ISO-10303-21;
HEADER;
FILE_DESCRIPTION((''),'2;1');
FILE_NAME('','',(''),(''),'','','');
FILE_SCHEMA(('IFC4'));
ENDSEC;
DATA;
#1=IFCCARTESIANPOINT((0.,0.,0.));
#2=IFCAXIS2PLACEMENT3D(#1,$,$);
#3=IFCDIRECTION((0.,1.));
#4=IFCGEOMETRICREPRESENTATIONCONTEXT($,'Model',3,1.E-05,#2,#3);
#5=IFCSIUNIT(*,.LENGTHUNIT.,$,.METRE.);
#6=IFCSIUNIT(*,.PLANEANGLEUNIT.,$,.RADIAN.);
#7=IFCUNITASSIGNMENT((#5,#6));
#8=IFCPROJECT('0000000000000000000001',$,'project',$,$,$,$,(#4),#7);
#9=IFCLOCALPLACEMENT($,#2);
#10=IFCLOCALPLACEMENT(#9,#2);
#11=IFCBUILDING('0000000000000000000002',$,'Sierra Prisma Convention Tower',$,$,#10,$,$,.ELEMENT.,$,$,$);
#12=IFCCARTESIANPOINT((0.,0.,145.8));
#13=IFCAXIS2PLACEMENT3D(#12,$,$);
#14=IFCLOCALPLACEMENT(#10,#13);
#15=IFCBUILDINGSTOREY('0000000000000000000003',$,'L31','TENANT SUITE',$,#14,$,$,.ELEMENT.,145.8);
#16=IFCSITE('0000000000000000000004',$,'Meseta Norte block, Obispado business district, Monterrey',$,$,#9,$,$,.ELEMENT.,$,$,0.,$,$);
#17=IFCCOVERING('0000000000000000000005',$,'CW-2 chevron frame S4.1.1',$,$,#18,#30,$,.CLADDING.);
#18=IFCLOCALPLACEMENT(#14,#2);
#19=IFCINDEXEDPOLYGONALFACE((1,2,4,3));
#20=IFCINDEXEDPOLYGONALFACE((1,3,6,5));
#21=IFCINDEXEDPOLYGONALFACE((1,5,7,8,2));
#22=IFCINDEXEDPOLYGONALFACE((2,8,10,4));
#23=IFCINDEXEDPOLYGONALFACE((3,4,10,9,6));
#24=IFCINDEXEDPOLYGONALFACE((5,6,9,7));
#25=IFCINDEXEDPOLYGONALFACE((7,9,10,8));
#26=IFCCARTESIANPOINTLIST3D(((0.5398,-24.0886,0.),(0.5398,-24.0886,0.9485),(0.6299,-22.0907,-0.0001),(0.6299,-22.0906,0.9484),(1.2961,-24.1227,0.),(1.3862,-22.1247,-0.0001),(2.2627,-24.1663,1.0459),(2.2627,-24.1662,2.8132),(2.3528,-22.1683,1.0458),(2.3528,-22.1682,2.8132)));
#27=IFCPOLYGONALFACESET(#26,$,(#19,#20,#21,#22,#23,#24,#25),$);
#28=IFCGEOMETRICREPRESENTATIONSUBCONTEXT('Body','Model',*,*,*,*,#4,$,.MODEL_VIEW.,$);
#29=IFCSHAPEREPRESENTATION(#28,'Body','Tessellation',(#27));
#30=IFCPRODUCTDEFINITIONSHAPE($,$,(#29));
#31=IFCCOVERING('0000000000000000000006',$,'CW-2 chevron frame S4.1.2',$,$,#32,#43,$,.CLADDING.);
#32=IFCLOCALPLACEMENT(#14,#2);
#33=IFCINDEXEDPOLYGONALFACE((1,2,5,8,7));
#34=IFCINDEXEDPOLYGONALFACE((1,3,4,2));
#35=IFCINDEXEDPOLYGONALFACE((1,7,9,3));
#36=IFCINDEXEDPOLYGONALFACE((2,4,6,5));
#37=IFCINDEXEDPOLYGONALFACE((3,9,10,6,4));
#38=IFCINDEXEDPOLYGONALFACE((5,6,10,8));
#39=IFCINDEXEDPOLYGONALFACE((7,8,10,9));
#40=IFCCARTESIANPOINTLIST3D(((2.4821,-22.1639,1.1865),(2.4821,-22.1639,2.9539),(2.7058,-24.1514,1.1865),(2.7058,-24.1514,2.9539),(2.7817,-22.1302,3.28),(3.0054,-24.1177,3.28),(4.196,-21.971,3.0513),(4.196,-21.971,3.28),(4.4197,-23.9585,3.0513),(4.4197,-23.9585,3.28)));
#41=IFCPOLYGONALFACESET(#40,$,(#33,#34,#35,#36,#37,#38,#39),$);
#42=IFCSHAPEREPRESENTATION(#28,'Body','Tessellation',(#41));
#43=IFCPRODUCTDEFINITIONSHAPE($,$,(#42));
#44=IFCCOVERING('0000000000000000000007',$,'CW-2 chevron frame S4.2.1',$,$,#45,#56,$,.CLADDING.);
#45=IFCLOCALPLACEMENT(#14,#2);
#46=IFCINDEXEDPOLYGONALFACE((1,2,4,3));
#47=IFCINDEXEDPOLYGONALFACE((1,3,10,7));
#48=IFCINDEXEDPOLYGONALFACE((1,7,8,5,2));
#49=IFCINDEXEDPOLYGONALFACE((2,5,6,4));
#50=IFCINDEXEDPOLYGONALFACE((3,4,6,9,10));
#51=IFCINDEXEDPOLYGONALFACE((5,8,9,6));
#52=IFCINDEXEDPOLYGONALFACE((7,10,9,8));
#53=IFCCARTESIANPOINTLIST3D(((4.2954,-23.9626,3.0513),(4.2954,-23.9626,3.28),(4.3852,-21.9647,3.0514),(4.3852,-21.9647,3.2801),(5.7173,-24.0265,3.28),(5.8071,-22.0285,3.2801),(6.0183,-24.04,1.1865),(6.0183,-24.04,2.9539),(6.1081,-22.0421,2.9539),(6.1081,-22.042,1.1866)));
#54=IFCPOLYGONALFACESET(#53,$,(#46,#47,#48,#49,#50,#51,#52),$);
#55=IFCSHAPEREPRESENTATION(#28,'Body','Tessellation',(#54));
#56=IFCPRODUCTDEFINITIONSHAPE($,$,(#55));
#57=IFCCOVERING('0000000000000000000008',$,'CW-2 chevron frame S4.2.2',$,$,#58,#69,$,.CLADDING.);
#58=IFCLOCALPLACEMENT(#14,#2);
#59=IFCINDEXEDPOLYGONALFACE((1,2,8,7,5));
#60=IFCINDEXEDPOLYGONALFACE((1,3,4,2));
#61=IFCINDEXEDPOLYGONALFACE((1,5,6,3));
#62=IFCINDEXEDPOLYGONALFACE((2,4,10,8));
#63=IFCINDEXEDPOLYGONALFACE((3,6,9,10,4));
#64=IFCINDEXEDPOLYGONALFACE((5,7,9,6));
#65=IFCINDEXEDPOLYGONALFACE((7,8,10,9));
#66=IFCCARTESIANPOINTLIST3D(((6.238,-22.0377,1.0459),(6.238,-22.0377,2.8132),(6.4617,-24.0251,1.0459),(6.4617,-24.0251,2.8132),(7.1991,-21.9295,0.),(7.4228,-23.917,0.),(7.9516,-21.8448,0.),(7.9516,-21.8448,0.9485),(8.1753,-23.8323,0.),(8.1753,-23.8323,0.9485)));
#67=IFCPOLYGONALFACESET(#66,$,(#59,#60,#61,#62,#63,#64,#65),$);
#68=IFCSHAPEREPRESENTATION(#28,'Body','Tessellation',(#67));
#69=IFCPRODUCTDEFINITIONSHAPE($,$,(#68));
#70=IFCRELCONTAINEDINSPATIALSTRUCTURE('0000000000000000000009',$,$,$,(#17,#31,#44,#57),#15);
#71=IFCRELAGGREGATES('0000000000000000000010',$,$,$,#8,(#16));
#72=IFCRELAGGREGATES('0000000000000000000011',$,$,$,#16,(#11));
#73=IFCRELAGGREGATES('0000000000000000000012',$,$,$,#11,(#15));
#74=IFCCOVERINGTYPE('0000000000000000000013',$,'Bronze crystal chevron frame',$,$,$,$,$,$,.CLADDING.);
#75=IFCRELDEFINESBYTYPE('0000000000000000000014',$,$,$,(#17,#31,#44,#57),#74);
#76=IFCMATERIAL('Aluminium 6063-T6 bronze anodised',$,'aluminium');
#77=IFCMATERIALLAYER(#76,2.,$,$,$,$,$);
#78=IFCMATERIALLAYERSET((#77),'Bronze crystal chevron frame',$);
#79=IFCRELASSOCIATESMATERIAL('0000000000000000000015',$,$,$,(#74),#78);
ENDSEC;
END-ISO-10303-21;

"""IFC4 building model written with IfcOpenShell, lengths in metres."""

from ifc_helpers import new_model, si_unit, direction, frame, origin, place, context, subcontext, project, spatial, polyline, outline, extrude, material, layer, layer_set, type_object, element, save


model = new_model("IFC4")

# Units and contexts
model_context = context("Model", 3, precision=1e-05, world=origin(), true_north=direction((0.0, 1.0)))
body_context = subcontext(model_context, "Body", "Model", "MODEL_VIEW")
ifc_project = project(units=[si_unit("LENGTHUNIT", "METRE"), si_unit("PLANEANGLEUNIT", "RADIAN")], contexts=[model_context])

# Site, building, storey
site_placement = place(None, origin())
site = spatial("IfcSite", under=ifc_project, at=site_placement, Name="Meseta Norte block, Obispado business district, Monterrey", CompositionType="ELEMENT", RefElevation=0.0)
building_placement = place(site_placement, origin())
building = spatial("IfcBuilding", under=site, at=building_placement, Name="Sierra Prisma Convention Tower", CompositionType="ELEMENT")
storey_placement = place(building_placement, frame((0.0, 0.0, 145.8)))
storey = spatial("IfcBuildingStorey", under=building, at=storey_placement, Name="L31", Description="TENANT SUITE", CompositionType="ELEMENT", Elevation=145.8)

# Coverings
ifc_material_1 = material(Name="Aluminium 6063-T6 bronze anodised", Category="aluminium")
ifc_layer_1 = layer(ifc_material_1, 2.0)
ifc_layer_set_1 = layer_set([ifc_layer_1], Name="Bronze crystal chevron frame")
covering_type = type_object("IfcCoveringType", Name="Bronze crystal chevron frame", PredefinedType="CLADDING", material=ifc_layer_set_1)
covering_1_placement = place(storey_placement, frame((0.5398, -24.0886, 0.0), z_axis=(-0.045035, -0.998985, 0.000031), x_axis=(0.998985, -0.045035, 0.0)))
element("IfcCovering", 1, at=covering_1_placement, inside=storey, type_object=covering_type, Name="CW-2 chevron frame S4.1.1", PredefinedType="CLADDING", context=body_context, shape_type="SweptSolid", body=[
    extrude(outline(polyline([(0.0, 0.0), (0.7571, 0.0), (1.7246, 1.0459), (1.7246, 2.8132), (0.0, 0.9485), (0.0, 0.0)])), origin(), (0.0, 0.0, -1.0), 2.0),
])
covering_2_placement = place(storey_placement, frame((2.7058, -24.1514, 2.9539), z_axis=(0.111831, -0.993727, -0.000009), x_axis=(-0.000001, 0.000009, -1.0)))
element("IfcCovering", 2, at=covering_2_placement, inside=storey, type_object=covering_type, Name="CW-2 chevron frame S4.1.2", PredefinedType="CLADDING", context=body_context, shape_type="SweptSolid", body=[
    extrude(outline(polyline([(0.0, 0.0), (1.7673, 0.0), (-0.0974, 1.7247), (-0.3262, 1.7247), (-0.3262, 0.3014), (0.0, 0.0)])), origin(), (0.0, 0.0, -1.0), 2.0),
])
covering_3_placement = place(storey_placement, frame((4.2954, -23.9626, 3.28), z_axis=(-0.044883, -0.998992, -0.000042), x_axis=(0.000002, 0.000042, -1.0)))
element("IfcCovering", 3, at=covering_3_placement, inside=storey, type_object=covering_type, Name="CW-2 chevron frame S4.2.1", PredefinedType="CLADDING", context=body_context, shape_type="SweptSolid", body=[
    extrude(outline(polyline([(0.0, 0.0), (0.2288, 0.0), (2.0935, 1.7246), (0.3262, 1.7246), (0.0, 1.4233), (0.0, 0.0)])), origin(), (0.0, 0.0, -1.0), 2.0),
])
covering_4_placement = place(storey_placement, frame((8.1753, -23.8323, 0.0), z_axis=(0.111851, -0.993725, 0.000009), x_axis=(-0.000001, 0.000009, 1.0)))
element("IfcCovering", 4, at=covering_4_placement, inside=storey, type_object=covering_type, Name="CW-2 chevron frame S4.2.2", PredefinedType="CLADDING", context=body_context, shape_type="SweptSolid", body=[
    extrude(outline(polyline([(0.0, 0.0), (0.9485, 0.0), (2.8132, 1.7244), (1.0459, 1.7244), (0.0, 0.7572), (0.0, 0.0)])), origin(), (0.0, 0.0, -1.0), 2.0),
])

save(model, "model.ifc")
